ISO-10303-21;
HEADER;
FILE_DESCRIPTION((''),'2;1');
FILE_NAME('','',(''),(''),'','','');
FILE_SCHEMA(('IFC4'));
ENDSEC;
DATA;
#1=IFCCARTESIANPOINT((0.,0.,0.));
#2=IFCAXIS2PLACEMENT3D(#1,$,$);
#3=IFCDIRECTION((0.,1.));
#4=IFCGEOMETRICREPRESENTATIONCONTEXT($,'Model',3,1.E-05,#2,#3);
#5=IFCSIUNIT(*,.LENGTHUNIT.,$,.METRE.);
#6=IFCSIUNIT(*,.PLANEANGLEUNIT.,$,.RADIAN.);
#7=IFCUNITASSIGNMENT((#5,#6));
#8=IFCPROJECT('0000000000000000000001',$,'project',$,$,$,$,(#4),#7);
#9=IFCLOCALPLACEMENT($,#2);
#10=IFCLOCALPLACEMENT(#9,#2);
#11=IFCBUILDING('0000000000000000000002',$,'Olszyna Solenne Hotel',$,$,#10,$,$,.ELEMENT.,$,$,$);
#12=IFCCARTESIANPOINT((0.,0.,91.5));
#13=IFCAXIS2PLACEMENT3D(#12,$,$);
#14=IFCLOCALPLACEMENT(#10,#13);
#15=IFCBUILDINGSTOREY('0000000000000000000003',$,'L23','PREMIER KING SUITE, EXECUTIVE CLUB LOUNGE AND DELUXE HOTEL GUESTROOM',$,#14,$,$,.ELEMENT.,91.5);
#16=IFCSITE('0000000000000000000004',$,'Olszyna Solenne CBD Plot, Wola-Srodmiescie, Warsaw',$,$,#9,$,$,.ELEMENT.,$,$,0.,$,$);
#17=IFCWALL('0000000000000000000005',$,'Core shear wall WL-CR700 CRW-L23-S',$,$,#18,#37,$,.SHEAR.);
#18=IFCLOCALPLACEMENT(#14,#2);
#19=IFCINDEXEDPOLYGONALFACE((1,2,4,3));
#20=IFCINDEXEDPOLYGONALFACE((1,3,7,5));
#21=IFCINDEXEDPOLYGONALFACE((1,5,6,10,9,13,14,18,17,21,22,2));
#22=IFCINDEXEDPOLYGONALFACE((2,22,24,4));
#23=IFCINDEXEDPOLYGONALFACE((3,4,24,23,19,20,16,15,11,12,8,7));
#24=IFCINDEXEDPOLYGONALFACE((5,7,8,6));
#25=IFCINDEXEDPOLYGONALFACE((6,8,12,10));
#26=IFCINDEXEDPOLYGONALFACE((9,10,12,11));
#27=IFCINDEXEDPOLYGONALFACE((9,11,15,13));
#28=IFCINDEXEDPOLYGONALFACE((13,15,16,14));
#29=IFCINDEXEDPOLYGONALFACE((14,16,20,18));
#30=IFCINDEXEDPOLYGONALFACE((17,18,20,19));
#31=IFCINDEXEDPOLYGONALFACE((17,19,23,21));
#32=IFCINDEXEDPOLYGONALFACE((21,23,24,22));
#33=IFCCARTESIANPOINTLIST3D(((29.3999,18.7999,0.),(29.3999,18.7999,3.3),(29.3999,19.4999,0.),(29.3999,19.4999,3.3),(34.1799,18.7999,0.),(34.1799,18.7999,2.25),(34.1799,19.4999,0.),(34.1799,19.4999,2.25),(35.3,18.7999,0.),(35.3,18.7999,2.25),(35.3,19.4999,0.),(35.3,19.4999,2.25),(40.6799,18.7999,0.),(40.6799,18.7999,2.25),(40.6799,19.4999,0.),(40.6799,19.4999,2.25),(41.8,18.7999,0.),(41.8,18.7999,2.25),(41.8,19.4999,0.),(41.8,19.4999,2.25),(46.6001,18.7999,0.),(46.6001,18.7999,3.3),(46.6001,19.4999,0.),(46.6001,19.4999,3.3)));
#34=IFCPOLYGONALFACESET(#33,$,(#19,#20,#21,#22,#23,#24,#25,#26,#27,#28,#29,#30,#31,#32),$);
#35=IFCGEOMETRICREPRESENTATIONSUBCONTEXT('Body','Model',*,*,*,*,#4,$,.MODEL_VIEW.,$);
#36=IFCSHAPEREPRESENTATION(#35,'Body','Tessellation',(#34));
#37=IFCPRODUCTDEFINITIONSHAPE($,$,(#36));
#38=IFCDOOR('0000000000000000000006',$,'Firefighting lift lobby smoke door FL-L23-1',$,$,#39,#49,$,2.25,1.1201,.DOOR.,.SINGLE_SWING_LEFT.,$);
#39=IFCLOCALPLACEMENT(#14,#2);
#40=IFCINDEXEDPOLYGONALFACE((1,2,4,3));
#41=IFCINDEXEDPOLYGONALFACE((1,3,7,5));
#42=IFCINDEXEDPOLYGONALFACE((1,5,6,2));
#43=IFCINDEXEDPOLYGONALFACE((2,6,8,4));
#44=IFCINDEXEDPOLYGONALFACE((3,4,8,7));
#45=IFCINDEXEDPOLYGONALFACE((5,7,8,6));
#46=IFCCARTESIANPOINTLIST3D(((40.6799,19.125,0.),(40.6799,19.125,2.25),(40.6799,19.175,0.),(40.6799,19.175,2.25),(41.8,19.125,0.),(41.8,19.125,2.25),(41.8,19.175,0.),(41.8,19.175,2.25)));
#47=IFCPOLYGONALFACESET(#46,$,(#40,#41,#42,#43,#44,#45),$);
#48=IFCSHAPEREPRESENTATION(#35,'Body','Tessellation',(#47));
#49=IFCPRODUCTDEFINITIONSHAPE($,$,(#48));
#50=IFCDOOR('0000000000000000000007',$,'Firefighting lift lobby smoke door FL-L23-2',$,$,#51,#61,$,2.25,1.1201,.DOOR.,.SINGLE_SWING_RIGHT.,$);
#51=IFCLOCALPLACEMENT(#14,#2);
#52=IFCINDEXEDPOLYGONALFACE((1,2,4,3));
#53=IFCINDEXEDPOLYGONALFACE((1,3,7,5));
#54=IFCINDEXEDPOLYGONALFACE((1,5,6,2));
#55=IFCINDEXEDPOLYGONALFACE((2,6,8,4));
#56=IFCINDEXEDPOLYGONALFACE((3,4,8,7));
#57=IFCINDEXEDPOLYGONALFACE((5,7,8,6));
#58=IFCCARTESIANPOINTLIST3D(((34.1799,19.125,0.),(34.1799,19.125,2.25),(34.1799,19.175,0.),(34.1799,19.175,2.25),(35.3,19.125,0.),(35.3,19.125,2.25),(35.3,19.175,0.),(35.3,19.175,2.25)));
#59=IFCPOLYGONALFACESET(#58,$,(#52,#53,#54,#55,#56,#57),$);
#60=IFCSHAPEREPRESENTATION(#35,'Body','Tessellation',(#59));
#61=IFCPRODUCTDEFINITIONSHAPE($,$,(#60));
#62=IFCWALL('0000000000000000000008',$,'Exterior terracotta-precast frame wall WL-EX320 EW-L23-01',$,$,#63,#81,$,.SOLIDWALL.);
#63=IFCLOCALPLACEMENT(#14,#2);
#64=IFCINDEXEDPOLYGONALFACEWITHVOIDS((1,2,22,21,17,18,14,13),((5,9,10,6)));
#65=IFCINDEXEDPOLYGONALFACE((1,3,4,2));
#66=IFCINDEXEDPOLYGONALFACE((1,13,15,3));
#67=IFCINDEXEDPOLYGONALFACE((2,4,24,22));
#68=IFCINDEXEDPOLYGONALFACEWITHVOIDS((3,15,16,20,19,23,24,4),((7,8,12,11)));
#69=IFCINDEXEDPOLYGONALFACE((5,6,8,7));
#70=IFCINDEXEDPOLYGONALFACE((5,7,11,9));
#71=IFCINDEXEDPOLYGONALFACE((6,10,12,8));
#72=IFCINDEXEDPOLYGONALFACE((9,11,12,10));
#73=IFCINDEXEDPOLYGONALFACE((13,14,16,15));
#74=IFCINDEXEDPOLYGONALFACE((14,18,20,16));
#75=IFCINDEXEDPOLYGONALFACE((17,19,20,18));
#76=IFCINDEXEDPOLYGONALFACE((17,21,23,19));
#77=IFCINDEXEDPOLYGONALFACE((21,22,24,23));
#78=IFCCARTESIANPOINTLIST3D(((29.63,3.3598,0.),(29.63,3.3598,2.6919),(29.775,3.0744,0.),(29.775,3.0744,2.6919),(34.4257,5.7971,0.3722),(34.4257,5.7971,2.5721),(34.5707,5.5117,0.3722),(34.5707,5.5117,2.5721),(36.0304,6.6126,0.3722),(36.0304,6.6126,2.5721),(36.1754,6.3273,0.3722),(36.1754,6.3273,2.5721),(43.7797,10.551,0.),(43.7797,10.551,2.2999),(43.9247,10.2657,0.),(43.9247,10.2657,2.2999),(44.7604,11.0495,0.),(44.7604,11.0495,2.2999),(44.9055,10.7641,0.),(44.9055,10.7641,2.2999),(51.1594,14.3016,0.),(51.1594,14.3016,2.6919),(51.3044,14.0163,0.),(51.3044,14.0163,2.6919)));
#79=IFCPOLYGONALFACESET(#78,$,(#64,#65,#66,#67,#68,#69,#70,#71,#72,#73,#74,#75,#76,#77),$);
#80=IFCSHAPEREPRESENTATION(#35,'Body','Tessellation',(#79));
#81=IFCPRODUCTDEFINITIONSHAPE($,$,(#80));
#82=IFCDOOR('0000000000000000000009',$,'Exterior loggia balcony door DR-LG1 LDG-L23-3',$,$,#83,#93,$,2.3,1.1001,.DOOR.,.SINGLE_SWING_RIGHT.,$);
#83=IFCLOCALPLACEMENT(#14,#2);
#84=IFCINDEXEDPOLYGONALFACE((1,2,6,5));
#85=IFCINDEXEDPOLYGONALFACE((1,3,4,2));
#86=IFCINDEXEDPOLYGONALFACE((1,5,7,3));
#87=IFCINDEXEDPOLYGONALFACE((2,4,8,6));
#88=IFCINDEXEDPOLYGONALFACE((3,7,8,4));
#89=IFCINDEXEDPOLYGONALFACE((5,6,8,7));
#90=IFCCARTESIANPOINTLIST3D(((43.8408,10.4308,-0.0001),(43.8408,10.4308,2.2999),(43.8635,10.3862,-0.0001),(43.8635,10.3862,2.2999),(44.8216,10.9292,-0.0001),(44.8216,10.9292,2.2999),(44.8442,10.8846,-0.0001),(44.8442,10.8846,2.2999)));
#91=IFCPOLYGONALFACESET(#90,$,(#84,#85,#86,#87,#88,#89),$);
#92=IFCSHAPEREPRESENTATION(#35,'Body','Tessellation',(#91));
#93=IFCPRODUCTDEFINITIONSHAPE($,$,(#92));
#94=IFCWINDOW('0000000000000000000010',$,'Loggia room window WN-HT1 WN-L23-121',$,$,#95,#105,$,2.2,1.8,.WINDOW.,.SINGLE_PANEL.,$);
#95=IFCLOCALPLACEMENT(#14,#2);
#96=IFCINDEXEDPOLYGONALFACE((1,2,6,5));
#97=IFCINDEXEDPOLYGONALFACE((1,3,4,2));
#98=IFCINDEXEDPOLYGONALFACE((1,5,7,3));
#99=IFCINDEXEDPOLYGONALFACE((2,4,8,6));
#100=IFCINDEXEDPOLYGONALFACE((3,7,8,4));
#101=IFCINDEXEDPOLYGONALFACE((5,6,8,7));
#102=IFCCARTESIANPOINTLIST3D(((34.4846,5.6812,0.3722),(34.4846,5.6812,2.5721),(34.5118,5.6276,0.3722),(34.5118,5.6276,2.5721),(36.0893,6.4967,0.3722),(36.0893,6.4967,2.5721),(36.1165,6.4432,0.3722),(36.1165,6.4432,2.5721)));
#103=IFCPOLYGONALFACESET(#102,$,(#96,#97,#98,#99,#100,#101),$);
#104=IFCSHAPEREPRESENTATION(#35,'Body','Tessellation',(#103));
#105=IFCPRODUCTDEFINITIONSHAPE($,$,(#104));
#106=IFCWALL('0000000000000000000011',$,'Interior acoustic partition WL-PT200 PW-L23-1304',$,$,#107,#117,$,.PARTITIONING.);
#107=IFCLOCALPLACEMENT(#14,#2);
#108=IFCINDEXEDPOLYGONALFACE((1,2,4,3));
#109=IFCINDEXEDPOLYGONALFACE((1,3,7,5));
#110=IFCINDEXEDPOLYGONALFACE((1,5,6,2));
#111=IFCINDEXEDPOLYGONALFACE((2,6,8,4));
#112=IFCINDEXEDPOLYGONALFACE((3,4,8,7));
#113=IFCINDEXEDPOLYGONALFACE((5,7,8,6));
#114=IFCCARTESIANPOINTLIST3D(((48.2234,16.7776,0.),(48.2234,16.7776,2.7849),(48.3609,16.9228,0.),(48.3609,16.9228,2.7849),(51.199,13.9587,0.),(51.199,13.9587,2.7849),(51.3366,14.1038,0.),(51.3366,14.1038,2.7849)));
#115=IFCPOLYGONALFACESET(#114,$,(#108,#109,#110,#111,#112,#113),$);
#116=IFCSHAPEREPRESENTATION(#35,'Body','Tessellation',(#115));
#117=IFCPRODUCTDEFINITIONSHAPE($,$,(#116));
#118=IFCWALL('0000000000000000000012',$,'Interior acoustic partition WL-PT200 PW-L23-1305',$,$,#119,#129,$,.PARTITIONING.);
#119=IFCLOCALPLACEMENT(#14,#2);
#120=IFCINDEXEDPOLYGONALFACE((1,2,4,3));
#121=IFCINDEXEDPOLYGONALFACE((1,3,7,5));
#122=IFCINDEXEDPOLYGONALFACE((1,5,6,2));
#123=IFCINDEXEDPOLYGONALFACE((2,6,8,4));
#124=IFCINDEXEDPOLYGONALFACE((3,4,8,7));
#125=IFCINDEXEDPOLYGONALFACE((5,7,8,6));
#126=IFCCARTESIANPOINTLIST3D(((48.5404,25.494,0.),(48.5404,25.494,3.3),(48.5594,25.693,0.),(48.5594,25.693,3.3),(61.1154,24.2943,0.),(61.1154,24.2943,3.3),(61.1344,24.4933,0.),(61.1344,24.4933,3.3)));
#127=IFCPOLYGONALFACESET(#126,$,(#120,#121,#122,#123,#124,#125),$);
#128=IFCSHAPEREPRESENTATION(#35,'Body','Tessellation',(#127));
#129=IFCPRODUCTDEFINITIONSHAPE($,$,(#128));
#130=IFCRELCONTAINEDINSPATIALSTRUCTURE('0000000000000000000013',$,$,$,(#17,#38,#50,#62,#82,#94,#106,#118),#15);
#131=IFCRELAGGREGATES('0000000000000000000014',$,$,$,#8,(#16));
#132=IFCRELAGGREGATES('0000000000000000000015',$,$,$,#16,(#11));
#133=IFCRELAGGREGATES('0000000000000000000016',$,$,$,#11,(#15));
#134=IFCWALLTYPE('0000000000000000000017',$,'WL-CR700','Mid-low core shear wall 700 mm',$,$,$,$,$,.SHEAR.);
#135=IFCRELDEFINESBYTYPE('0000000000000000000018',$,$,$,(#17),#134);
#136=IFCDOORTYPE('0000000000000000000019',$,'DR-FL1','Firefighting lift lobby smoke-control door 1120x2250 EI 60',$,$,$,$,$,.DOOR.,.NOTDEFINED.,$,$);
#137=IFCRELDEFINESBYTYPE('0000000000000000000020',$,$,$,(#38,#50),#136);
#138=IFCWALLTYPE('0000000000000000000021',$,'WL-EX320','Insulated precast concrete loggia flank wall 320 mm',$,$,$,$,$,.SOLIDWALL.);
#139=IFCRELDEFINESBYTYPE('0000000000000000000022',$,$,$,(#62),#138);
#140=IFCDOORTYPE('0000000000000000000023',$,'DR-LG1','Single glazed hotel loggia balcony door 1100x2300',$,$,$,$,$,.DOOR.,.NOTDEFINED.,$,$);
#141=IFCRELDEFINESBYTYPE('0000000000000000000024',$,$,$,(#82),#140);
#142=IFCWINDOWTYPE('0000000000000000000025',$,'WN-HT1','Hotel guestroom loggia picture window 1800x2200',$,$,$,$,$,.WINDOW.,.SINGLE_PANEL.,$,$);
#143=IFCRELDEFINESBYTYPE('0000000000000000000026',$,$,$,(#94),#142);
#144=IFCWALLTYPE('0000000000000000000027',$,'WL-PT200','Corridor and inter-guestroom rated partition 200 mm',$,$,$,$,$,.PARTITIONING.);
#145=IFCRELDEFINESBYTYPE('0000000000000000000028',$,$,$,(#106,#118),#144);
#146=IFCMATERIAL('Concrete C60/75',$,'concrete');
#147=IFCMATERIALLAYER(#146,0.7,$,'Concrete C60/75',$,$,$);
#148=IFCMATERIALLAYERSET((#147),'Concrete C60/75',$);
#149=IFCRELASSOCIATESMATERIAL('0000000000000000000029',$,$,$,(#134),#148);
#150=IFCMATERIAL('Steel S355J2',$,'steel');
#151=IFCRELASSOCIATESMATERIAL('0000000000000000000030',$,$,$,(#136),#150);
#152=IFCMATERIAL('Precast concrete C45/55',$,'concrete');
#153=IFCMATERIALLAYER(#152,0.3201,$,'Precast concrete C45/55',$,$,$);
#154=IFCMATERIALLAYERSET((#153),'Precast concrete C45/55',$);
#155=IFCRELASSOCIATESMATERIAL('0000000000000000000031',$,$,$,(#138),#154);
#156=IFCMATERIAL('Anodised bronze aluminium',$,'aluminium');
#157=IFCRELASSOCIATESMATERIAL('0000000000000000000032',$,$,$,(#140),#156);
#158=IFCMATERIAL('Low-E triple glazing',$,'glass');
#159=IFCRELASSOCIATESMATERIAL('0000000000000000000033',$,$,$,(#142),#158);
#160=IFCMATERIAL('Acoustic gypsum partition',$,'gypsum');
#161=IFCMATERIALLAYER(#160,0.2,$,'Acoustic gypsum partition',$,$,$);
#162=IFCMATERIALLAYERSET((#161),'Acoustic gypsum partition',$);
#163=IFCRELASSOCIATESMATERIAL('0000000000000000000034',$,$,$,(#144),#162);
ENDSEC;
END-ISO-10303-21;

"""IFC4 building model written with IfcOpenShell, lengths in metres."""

from ifc_helpers import new_model, si_unit, direction, frame, frame_2d, origin, place, context, subcontext, project, spatial, rectangle, extrude, source, transform, mapped, material, layer, layer_set, type_object, type_shapes, element, fill, save


model = new_model("IFC4")

# Units and contexts
model_context = context("Model", 3, precision=1e-05, world=origin(), true_north=direction((0.0, 1.0)))
body_context = subcontext(model_context, "Body", "Model", "MODEL_VIEW")
ifc_project = project(units=[si_unit("LENGTHUNIT", "METRE"), si_unit("PLANEANGLEUNIT", "RADIAN")], contexts=[model_context])

# Site, building, storey
site_placement = place(None, origin())
site = spatial("IfcSite", under=ifc_project, at=site_placement, Name="Olszyna Solenne CBD Plot, Wola-Srodmiescie, Warsaw", CompositionType="ELEMENT", RefElevation=0.0)
building_placement = place(site_placement, origin())
building = spatial("IfcBuilding", under=site, at=building_placement, Name="Olszyna Solenne Hotel", CompositionType="ELEMENT")
storey_placement = place(building_placement, frame((0.0, 0.0, 91.5)))
storey = spatial("IfcBuildingStorey", under=building, at=storey_placement, Name="L23", Description="PREMIER KING SUITE, EXECUTIVE CLUB LOUNGE AND DELUXE HOTEL GUESTROOM", CompositionType="ELEMENT", Elevation=91.5)

# Shared definitions
ifc_material_1 = material(Name="Steel S355J2", Category="steel")

# Wall, openings, doors
ifc_material_2 = material(Name="Concrete C60/75", Category="concrete")
ifc_layer_1 = layer(ifc_material_2, 0.7, Name="Concrete C60/75")
ifc_layer_set_1 = layer_set([ifc_layer_1], Name="Concrete C60/75")
wall_type_1 = type_object("IfcWallType", Name="WL-CR700", Description="Mid-low core shear wall 700 mm", PredefinedType="SHEAR", material=ifc_layer_set_1)
wall_1_placement = place(storey_placement, frame((46.6001, 19.1499, 0.0), z_axis=(0.0, 0.0, 1.0), x_axis=(-1.0, 0.0, 0.0)))
wall_1 = element("IfcWall", 1, at=wall_1_placement, inside=storey, type_object=wall_type_1, Name="Core shear wall WL-CR700 CRW-L23-S", PredefinedType="SHEAR", context=body_context, shape_type="SweptSolid", body=[
    extrude(rectangle(XDim=17.2002, YDim=0.7, at=frame_2d((8.6001, 0.0))), origin(), (0.0, 0.0, 1.0), 3.3),
])
opening_1_placement = place(wall_1_placement, frame((4.8, 0.0, 0.0)))
opening_1 = element("IfcOpeningElement", 2, at=opening_1_placement, cuts=wall_1, PredefinedType="OPENING", context=body_context, shape_type="SweptSolid", body=[
    extrude(rectangle(XDim=1.1201, YDim=2.25, at=frame_2d((0.5601, 1.125))), frame((0.0, 0.3599, 0.0), z_axis=(0.0, -1.0, 0.0), x_axis=(1.0, 0.0, 0.0)), (0.0, 0.0, 1.0), 0.72),
])
opening_2_placement = place(wall_1_placement, frame((11.3, 0.0, 0.0)))
opening_2 = element("IfcOpeningElement", 3, at=opening_2_placement, cuts=wall_1, PredefinedType="OPENING", context=body_context, shape_type="SweptSolid", body=[
    extrude(rectangle(XDim=1.1201, YDim=2.25, at=frame_2d((0.5601, 1.125))), frame((0.0, 0.3599, 0.0), z_axis=(0.0, -1.0, 0.0), x_axis=(1.0, 0.0, 0.0)), (0.0, 0.0, 1.0), 0.72),
])
door_type_1 = type_object("IfcDoorType", Name="DR-FL1", Description="Firefighting lift lobby smoke-control door 1120x2250 EI 60", OperationType="NOTDEFINED", PredefinedType="DOOR", material=ifc_material_1)
shared_shape_1 = source(origin(), body_context, "Body", "SweptSolid", [
    extrude(rectangle(XDim=1.1201, YDim=2.25, at=frame_2d((0.5601, 1.125))), frame((0.0, 0.0249, 0.0), z_axis=(0.0, -1.0, 0.0), x_axis=(1.0, 0.0, 0.0)), (0.0, 0.0, 1.0), 0.05),
])
type_shapes(door_type_1, [shared_shape_1])
door_1_placement = place(opening_1_placement, origin())
door_1 = element("IfcDoor", 4, at=door_1_placement, inside=storey, type_object=door_type_1, Name="Firefighting lift lobby smoke door FL-L23-1", OperationType="SINGLE_SWING_LEFT", OverallHeight=2.25, OverallWidth=1.1201, PredefinedType="DOOR", context=body_context, shape_type="MappedRepresentation", body=[
    mapped(shared_shape_1, transform((0.0, 0.0, 0.0), x_axis=(1.0, 0.0, 0.0), y_axis=(0.0, 1.0, 0.0), z_axis=(0.0, 0.0, 1.0), scale=1.0)),
])
fill(opening_1, door_1)
door_2_placement = place(opening_2_placement, origin())
door_2 = element("IfcDoor", 5, at=door_2_placement, inside=storey, type_object=door_type_1, Name="Firefighting lift lobby smoke door FL-L23-2", OperationType="SINGLE_SWING_RIGHT", OverallHeight=2.25, OverallWidth=1.1201, PredefinedType="DOOR", context=body_context, shape_type="MappedRepresentation", body=[
    mapped(shared_shape_1, transform((0.0, 0.0, 0.0), x_axis=(1.0, 0.0, 0.0), y_axis=(0.0, 1.0, 0.0), z_axis=(0.0, 0.0, 1.0), scale=1.0)),
])
fill(opening_2, door_2)

# Wall, openings, door, window
ifc_material_3 = material(Name="Precast concrete C45/55", Category="concrete")
ifc_layer_2 = layer(ifc_material_3, 0.3201, Name="Precast concrete C45/55")
ifc_layer_set_2 = layer_set([ifc_layer_2], Name="Precast concrete C45/55")
wall_type_2 = type_object("IfcWallType", Name="WL-EX320", Description="Insulated precast concrete loggia flank wall 320 mm", PredefinedType="SOLIDWALL", material=ifc_layer_set_2)
wall_2_placement = place(storey_placement, frame((51.2319, 14.1589, 0.0), z_axis=(0.0, 0.0, 1.0), x_axis=(-0.891474, -0.453071, 0.0)))
wall_2 = element("IfcWall", 6, at=wall_2_placement, inside=storey, type_object=wall_type_2, Name="Exterior terracotta-precast frame wall WL-EX320 EW-L23-01", PredefinedType="SOLIDWALL", context=body_context, shape_type="SweptSolid", body=[
    extrude(rectangle(XDim=24.1504, YDim=0.3201, at=frame_2d((12.0752, 0.0))), origin(), (0.0, 0.0, 1.0), 2.6919),
])
opening_3_placement = place(wall_2_placement, frame((7.178, 0.0, 0.0)))
opening_3 = element("IfcOpeningElement", 7, at=opening_3_placement, cuts=wall_2, PredefinedType="OPENING", context=body_context, shape_type="SweptSolid", body=[
    extrude(rectangle(XDim=1.1001, YDim=2.3, at=frame_2d((0.55, 1.1499))), frame((0.0, 0.1699, 0.0), z_axis=(0.0, -1.0, 0.0), x_axis=(1.0, 0.0, 0.0)), (0.0, 0.0, 1.0), 0.3401),
])
opening_4_placement = place(wall_2_placement, frame((16.9709, 0.0, 0.3721)))
opening_4 = element("IfcOpeningElement", 8, at=opening_4_placement, cuts=wall_2, PredefinedType="OPENING", context=body_context, shape_type="SweptSolid", body=[
    extrude(rectangle(XDim=1.8, YDim=2.2, at=frame_2d((0.8999, 1.1001))), frame((0.0, 0.1699, 0.0), z_axis=(0.0, -1.0, 0.0), x_axis=(1.0, 0.0, 0.0)), (0.0, 0.0, 1.0), 0.3401),
])
ifc_material_4 = material(Name="Anodised bronze aluminium", Category="aluminium")
door_type_2 = type_object("IfcDoorType", Name="DR-LG1", Description="Single glazed hotel loggia balcony door 1100x2300", OperationType="NOTDEFINED", PredefinedType="DOOR", material=ifc_material_4)
shared_shape_2 = source(origin(), body_context, "Body", "SweptSolid", [
    extrude(rectangle(XDim=1.1001, YDim=2.3, at=frame_2d((0.55, 1.1499))), frame((0.0, 0.0249, 0.0), z_axis=(0.0, -1.0, 0.0), x_axis=(1.0, 0.0, 0.0)), (0.0, 0.0, 1.0), 0.05),
])
type_shapes(door_type_2, [shared_shape_2])
door_3_placement = place(opening_3_placement, origin())
door_3 = element("IfcDoor", 9, at=door_3_placement, inside=storey, type_object=door_type_2, Name="Exterior loggia balcony door DR-LG1 LDG-L23-3", OperationType="SINGLE_SWING_RIGHT", OverallHeight=2.3, OverallWidth=1.1001, PredefinedType="DOOR", context=body_context, shape_type="MappedRepresentation", body=[
    mapped(shared_shape_2, transform((0.0, 0.0, 0.0), x_axis=(1.0, 0.0, 0.0), y_axis=(0.0, 1.0, 0.0), z_axis=(0.0, 0.0, 1.0), scale=1.0)),
])
fill(opening_3, door_3)
ifc_material_5 = material(Name="Low-E triple glazing", Category="glass")
window_type = type_object("IfcWindowType", Name="WN-HT1", Description="Hotel guestroom loggia picture window 1800x2200", PartitioningType="SINGLE_PANEL", PredefinedType="WINDOW", material=ifc_material_5)
shared_shape_3 = source(origin(), body_context, "Body", "SweptSolid", [
    extrude(rectangle(XDim=1.8, YDim=2.2, at=frame_2d((0.8999, 1.1001))), frame((0.0, 0.03, 0.0), z_axis=(0.0, -1.0, 0.0), x_axis=(1.0, 0.0, 0.0)), (0.0, 0.0, 1.0), 0.0601),
])
type_shapes(window_type, [shared_shape_3])
window_placement = place(opening_4_placement, origin())
window = element("IfcWindow", 10, at=window_placement, inside=storey, type_object=window_type, Name="Loggia room window WN-HT1 WN-L23-121", OverallHeight=2.2, OverallWidth=1.8, PartitioningType="SINGLE_PANEL", PredefinedType="WINDOW", context=body_context, shape_type="MappedRepresentation", body=[
    mapped(shared_shape_3, transform((0.0, 0.0, 0.0), x_axis=(1.0, 0.0, 0.0), y_axis=(0.0, 1.0, 0.0), z_axis=(0.0, 0.0, 1.0), scale=1.0)),
])
fill(opening_4, window)

# Walls
ifc_material_6 = material(Name="Acoustic gypsum partition", Category="gypsum")
ifc_layer_3 = layer(ifc_material_6, 0.2, Name="Acoustic gypsum partition")
ifc_layer_set_3 = layer_set([ifc_layer_3], Name="Acoustic gypsum partition")
wall_type_3 = type_object("IfcWallType", Name="WL-PT200", Description="Corridor and inter-guestroom rated partition 200 mm", PredefinedType="PARTITIONING", material=ifc_layer_set_3)
wall_3_placement = place(storey_placement, frame((48.2922, 16.8501, 0.0), z_axis=(0.0, 0.0, 1.0), x_axis=(0.725968, -0.687728, 0.0)))
element("IfcWall", 11, at=wall_3_placement, inside=storey, type_object=wall_type_3, Name="Interior acoustic partition WL-PT200 PW-L23-1304", PredefinedType="PARTITIONING", context=body_context, shape_type="SweptSolid", body=[
    extrude(rectangle(XDim=4.0989, YDim=0.2, at=frame_2d((2.0493, 0.0))), origin(), (0.0, 0.0, 1.0), 2.7849),
])
wall_4_placement = place(storey_placement, frame((48.55, 25.5935, 0.0), z_axis=(0.0, 0.0, 1.0), x_axis=(0.99548, -0.094973, 0.0)))
element("IfcWall", 12, at=wall_4_placement, inside=storey, type_object=wall_type_3, Name="Interior acoustic partition WL-PT200 PW-L23-1305", PredefinedType="PARTITIONING", context=body_context, shape_type="SweptSolid", body=[
    extrude(rectangle(XDim=12.6321, YDim=0.2, at=frame_2d((6.3159, 0.0))), origin(), (0.0, 0.0, 1.0), 3.3),
])

save(model, "model.ifc")
